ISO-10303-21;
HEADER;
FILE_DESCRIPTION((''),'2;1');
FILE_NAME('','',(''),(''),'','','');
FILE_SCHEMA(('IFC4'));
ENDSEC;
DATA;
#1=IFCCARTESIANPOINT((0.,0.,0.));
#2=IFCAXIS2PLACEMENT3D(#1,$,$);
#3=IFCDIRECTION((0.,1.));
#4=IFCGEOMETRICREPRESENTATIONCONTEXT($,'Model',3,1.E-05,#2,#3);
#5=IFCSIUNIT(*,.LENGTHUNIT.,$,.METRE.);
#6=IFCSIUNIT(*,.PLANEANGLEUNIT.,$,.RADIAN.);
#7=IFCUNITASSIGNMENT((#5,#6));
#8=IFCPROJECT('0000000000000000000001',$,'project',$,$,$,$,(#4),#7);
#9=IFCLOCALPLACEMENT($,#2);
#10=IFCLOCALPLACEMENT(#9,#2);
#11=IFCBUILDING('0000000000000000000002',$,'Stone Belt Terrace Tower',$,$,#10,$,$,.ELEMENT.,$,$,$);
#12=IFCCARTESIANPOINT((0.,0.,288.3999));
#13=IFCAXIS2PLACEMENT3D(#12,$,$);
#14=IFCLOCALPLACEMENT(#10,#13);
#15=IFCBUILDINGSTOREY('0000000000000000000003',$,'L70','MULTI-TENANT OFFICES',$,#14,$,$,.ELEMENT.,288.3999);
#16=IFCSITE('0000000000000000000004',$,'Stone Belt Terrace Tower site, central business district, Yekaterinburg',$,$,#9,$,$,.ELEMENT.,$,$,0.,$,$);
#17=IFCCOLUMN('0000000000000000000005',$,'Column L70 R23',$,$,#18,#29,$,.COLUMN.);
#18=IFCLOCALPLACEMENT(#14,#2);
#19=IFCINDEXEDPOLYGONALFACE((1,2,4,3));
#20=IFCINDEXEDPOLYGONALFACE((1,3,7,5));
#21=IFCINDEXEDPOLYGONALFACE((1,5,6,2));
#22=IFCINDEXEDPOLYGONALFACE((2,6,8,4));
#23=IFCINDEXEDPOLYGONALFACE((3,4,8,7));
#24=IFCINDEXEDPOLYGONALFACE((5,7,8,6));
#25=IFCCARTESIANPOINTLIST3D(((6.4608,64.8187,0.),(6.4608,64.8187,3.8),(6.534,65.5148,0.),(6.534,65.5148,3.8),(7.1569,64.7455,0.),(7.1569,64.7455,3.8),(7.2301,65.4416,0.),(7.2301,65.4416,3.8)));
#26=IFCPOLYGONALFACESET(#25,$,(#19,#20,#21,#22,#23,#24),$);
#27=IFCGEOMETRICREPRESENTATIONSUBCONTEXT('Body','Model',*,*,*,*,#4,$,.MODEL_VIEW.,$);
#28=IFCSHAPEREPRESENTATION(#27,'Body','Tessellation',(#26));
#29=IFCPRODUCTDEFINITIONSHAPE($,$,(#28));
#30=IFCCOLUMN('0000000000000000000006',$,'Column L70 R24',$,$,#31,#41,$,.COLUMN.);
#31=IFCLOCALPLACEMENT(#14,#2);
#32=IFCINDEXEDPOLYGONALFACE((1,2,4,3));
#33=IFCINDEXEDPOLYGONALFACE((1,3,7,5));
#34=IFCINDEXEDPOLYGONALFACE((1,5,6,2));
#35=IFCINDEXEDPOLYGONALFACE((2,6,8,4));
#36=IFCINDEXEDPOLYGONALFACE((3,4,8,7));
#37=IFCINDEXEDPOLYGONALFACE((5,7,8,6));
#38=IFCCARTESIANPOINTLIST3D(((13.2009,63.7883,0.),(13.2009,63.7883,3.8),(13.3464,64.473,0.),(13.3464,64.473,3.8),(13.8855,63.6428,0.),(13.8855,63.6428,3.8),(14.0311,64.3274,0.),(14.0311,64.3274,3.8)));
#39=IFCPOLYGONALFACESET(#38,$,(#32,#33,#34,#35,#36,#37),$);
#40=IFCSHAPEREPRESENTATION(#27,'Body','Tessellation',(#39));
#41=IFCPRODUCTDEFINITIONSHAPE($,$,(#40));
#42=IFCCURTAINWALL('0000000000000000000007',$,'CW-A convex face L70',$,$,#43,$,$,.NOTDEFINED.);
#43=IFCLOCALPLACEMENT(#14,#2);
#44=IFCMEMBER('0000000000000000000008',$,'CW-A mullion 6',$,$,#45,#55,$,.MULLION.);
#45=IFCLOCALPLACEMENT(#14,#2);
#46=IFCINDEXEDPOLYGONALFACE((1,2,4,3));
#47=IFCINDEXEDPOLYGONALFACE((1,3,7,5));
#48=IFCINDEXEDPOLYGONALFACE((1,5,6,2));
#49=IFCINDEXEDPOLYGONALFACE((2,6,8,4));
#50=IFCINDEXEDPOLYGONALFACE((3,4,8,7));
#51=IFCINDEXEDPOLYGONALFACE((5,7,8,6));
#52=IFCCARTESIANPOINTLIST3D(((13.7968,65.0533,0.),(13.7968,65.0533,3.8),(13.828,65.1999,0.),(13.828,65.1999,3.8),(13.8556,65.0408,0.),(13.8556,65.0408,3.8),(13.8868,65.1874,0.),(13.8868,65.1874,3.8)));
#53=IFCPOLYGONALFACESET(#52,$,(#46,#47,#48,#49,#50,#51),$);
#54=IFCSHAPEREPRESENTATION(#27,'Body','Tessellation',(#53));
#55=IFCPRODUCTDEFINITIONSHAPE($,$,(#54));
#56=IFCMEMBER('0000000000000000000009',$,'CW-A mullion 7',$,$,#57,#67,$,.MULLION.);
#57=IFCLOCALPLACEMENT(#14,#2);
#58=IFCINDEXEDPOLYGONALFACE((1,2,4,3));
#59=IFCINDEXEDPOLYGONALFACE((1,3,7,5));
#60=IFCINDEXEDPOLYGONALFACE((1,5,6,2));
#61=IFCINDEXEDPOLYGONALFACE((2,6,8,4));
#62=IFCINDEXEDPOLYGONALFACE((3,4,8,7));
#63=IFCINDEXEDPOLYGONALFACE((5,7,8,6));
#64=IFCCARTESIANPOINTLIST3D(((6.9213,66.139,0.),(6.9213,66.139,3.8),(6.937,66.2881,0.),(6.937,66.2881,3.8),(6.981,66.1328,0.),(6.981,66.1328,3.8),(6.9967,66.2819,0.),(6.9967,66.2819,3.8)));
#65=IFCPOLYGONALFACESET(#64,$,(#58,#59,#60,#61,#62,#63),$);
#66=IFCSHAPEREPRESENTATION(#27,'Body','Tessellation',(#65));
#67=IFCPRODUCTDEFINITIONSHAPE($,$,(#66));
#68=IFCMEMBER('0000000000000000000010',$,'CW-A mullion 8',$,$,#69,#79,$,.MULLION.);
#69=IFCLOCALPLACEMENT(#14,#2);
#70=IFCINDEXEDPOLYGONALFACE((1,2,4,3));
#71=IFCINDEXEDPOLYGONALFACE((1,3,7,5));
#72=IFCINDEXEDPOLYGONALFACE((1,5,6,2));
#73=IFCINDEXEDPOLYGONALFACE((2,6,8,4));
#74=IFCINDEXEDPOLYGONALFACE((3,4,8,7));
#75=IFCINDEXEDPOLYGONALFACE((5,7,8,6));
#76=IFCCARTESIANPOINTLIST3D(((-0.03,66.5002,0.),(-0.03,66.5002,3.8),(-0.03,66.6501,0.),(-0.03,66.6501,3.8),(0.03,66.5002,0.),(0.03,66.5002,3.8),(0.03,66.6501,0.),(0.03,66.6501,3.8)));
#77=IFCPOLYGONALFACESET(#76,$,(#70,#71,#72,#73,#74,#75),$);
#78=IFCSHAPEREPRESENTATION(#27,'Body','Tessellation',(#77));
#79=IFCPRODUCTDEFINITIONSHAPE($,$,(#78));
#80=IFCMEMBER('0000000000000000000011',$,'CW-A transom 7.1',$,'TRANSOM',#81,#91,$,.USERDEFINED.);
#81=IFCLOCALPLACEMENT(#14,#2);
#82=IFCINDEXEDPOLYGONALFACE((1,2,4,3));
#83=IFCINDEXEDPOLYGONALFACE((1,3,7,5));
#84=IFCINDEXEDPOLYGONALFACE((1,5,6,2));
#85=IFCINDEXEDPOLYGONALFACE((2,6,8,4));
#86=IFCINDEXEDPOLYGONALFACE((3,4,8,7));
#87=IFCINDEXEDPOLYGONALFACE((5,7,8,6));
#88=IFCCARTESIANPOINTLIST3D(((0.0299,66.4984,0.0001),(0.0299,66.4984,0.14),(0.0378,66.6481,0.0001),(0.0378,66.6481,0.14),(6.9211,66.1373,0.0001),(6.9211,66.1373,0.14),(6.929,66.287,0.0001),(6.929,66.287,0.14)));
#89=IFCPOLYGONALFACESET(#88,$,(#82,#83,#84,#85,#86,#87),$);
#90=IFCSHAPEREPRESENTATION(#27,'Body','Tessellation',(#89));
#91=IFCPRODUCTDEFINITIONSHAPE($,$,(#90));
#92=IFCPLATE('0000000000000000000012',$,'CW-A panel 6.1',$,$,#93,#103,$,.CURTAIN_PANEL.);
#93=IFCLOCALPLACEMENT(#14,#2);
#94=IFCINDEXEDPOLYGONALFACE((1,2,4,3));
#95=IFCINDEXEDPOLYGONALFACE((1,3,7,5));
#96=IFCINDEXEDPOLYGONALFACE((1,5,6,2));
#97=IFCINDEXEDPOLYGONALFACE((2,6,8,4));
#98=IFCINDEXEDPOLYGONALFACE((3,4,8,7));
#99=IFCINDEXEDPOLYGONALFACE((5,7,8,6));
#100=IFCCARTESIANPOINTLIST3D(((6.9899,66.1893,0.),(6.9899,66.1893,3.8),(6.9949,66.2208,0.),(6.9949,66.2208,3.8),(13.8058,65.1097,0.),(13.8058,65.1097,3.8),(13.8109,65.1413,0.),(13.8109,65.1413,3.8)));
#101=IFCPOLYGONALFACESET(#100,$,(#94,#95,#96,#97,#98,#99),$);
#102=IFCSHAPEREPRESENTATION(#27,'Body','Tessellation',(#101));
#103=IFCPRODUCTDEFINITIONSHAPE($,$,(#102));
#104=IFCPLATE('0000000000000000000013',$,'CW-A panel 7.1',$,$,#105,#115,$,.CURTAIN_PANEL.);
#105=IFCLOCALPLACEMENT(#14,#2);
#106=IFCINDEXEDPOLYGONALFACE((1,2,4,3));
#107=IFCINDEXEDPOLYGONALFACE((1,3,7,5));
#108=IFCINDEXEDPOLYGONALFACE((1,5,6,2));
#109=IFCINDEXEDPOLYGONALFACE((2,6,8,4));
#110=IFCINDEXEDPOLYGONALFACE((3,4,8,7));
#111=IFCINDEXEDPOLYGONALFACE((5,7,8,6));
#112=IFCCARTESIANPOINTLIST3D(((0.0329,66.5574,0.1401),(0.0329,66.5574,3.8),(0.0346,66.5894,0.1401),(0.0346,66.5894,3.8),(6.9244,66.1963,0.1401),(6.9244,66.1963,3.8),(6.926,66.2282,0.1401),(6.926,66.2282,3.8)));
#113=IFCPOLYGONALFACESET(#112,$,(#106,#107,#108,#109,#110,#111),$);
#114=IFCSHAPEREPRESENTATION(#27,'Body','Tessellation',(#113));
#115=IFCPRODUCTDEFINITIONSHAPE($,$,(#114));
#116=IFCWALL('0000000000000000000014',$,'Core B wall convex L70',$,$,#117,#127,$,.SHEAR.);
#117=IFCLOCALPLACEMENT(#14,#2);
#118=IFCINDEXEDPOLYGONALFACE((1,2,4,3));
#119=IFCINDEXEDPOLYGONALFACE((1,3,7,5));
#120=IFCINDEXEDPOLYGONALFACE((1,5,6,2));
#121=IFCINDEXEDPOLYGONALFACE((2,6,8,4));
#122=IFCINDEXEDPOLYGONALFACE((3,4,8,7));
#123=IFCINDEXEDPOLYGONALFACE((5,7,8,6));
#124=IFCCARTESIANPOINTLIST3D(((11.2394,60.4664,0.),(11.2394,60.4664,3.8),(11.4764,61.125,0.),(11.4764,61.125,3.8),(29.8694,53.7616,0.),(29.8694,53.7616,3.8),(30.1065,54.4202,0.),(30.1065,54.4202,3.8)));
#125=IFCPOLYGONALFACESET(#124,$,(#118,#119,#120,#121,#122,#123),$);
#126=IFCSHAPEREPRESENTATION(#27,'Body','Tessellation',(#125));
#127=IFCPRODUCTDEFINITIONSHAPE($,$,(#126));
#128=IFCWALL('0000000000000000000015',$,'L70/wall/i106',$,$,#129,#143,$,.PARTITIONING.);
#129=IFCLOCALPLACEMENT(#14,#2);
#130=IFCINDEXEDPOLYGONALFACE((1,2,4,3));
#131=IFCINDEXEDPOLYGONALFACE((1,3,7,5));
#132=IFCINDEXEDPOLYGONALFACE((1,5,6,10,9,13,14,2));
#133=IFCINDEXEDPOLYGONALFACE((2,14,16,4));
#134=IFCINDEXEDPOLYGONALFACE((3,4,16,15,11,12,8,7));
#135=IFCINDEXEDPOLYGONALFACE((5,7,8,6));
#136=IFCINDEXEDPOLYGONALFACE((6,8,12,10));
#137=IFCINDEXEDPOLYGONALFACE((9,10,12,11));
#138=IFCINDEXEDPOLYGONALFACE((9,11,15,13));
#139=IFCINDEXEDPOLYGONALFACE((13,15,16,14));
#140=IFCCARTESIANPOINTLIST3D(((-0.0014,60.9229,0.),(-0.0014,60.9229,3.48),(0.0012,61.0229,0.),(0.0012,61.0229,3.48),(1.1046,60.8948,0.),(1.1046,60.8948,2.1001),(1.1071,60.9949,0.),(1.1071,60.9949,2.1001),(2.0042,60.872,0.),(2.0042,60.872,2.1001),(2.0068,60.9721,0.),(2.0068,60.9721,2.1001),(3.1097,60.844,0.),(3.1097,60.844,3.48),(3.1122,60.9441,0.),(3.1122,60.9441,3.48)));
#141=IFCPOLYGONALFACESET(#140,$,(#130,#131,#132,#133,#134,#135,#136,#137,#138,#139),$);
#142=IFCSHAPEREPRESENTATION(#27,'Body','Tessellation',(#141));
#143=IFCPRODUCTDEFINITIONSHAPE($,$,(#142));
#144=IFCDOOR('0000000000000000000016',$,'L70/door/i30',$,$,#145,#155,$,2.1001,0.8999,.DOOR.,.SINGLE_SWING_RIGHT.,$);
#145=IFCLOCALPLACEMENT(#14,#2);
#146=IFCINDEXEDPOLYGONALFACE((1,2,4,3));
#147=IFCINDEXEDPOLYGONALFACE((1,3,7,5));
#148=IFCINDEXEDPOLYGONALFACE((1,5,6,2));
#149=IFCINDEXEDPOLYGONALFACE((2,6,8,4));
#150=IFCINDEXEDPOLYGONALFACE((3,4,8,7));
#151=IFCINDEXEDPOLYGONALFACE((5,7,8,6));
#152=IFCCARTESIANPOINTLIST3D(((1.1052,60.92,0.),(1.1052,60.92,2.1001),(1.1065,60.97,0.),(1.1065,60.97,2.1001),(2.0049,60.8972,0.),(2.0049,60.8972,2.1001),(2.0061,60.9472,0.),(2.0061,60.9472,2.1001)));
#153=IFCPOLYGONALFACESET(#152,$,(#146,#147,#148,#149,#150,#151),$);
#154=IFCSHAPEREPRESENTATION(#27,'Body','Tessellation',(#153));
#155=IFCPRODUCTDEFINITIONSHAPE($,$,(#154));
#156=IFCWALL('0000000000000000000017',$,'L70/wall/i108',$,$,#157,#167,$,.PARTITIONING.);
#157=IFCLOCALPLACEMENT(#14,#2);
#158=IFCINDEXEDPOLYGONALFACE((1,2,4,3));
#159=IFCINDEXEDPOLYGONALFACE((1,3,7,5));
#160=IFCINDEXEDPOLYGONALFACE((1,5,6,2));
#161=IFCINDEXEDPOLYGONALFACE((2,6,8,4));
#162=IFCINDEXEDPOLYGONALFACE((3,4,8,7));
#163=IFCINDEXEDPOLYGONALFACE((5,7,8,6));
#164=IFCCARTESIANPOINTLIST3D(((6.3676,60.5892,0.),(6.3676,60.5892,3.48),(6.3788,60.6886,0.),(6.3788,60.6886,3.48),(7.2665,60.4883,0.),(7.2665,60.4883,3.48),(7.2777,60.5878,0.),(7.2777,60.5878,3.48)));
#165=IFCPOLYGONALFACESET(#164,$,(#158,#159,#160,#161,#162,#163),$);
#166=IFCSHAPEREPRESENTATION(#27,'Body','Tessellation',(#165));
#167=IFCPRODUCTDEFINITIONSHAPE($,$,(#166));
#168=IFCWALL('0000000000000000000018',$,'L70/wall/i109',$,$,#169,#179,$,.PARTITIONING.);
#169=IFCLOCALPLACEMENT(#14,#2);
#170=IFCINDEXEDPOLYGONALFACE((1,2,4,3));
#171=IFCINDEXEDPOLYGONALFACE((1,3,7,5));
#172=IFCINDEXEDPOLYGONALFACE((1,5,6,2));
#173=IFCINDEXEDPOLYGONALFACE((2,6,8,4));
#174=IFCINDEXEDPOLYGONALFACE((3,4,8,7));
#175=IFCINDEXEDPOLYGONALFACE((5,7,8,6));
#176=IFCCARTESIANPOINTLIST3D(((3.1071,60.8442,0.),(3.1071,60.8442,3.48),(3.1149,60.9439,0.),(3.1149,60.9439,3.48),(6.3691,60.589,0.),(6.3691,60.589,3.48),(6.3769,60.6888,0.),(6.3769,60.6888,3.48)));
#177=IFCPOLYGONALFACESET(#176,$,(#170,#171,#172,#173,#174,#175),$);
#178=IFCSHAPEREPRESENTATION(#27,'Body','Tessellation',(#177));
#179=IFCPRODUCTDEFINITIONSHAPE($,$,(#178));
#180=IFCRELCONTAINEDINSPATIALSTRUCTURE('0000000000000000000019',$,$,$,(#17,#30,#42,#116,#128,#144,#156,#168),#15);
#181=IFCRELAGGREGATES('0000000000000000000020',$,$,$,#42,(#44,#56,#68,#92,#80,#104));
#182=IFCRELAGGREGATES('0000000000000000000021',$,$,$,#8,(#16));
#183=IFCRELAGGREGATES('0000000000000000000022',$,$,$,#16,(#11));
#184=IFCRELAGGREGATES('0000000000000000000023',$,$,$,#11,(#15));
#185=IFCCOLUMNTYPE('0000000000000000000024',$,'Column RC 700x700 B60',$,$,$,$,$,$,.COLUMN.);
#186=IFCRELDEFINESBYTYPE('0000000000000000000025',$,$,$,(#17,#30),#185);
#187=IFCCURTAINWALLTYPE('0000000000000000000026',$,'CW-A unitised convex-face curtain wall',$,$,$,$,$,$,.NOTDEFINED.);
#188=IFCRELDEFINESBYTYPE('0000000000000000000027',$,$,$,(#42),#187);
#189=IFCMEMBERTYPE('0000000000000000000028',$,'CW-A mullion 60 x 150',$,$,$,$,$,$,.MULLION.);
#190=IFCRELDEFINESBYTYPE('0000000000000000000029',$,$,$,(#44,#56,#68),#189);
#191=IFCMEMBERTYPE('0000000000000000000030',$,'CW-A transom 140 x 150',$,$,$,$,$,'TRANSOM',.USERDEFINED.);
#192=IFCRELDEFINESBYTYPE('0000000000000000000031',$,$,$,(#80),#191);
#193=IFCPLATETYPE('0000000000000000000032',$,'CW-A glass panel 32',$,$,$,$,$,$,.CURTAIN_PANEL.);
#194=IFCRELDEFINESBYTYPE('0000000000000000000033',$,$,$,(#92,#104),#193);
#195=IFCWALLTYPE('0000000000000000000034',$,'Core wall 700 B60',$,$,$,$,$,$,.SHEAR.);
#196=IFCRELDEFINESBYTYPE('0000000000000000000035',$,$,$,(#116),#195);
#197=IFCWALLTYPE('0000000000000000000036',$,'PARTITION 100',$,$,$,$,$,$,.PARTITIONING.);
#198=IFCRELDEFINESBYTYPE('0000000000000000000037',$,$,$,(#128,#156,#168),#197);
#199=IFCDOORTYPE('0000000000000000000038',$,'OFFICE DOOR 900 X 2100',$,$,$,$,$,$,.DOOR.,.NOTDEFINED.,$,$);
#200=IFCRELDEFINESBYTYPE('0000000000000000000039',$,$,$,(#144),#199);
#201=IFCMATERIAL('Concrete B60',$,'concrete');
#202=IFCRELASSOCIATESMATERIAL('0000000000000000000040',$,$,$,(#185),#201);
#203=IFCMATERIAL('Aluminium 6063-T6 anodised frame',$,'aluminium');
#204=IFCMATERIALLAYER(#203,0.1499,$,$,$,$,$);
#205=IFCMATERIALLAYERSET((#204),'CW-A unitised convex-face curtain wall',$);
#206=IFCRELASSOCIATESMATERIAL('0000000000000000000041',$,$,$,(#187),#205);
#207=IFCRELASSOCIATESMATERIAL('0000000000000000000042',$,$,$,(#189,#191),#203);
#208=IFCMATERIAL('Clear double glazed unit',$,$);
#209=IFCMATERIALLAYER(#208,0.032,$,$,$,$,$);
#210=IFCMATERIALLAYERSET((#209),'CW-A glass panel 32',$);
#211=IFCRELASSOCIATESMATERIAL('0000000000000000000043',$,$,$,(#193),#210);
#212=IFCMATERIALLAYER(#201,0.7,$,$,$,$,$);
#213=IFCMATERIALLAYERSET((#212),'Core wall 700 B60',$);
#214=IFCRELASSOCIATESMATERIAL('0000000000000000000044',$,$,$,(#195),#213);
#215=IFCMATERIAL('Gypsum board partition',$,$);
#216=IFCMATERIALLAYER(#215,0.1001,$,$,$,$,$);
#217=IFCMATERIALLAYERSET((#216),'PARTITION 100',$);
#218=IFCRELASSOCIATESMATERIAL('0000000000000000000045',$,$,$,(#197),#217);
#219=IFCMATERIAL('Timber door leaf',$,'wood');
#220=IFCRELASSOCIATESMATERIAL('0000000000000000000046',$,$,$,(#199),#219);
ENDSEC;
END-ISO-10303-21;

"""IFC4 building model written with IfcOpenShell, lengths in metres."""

from ifc_helpers import new_model, si_unit, direction, frame, frame_2d, origin, origin_2d, place, context, subcontext, project, spatial, rectangle, extrude, material, layer, layer_set, material_profile, profile_set, type_object, element, fill, aggregate, save


model = new_model("IFC4")

# Units and contexts
model_context = context("Model", 3, precision=1e-05, world=origin(), true_north=direction((0.0, 1.0)))
body_context = subcontext(model_context, "Body", "Model", "MODEL_VIEW")
ifc_project = project(units=[si_unit("LENGTHUNIT", "METRE"), si_unit("PLANEANGLEUNIT", "RADIAN")], contexts=[model_context])

# Site, building, storey
site_placement = place(None, origin())
site = spatial("IfcSite", under=ifc_project, at=site_placement, Name="Stone Belt Terrace Tower site, central business district, Yekaterinburg", CompositionType="ELEMENT", RefElevation=0.0)
building_placement = place(site_placement, origin())
building = spatial("IfcBuilding", under=site, at=building_placement, Name="Stone Belt Terrace Tower", CompositionType="ELEMENT")
storey_placement = place(building_placement, frame((0.0, 0.0, 288.3999)))
storey = spatial("IfcBuildingStorey", under=building, at=storey_placement, Name="L70", Description="MULTI-TENANT OFFICES", CompositionType="ELEMENT", Elevation=288.3999)

# Columns
ifc_material_1 = material(Name="Concrete B60", Category="concrete")
ifc_material_profile_1 = material_profile(ifc_material_1, rectangle(XDim=0.7, YDim=0.7, at=origin_2d()), Name="RC 700x700")
ifc_profile_set_1 = profile_set([ifc_material_profile_1], Name="Concrete B60")
column_type = type_object("IfcColumnType", Name="Column RC 700x700 B60", PredefinedType="COLUMN", material=ifc_profile_set_1)
for number, where, z_axis, x_axis, name in (
    (1, (6.8455, 65.1301, 0.0), (0.0, 0.0, 1.0), (0.994522, -0.104528, 0.0), "Column L70 R23"),
    (2, (13.616, 64.0579, 0.0), (0.0, 0.0, 1.0), (0.978148, -0.207912, 0.0), "Column L70 R24"),
):
    element("IfcColumn", number, at=place(storey_placement, frame(where, z_axis=z_axis, x_axis=x_axis)), inside=storey, type_object=column_type, Name=name, PredefinedType="COLUMN", context=body_context, shape_type="SweptSolid", body=[
        extrude(rectangle(XDim=0.7, YDim=0.7, at=origin_2d()), origin(), (0.0, 0.0, 1.0), 3.8),
    ])

# Curtain wall, members, plates
ifc_material_2 = material(Name="Aluminium 6063-T6 anodised frame", Category="aluminium")
ifc_layer_1 = layer(ifc_material_2, 0.1499)
ifc_layer_set_1 = layer_set([ifc_layer_1], Name="CW-A unitised convex-face curtain wall")
curtain_wall_type = type_object("IfcCurtainWallType", Name="CW-A unitised convex-face curtain wall", PredefinedType="NOTDEFINED", material=ifc_layer_set_1)
curtain_wall_placement = place(storey_placement, origin())
curtain_wall = element("IfcCurtainWall", 3, at=curtain_wall_placement, inside=storey, type_object=curtain_wall_type, Name="CW-A convex face L70", PredefinedType="NOTDEFINED")
ifc_material_profile_2 = material_profile(ifc_material_2, rectangle(XDim=0.1499, YDim=0.0601, at=origin_2d()), Name="Aluminium 6063-T6 60x150")
ifc_profile_set_2 = profile_set([ifc_material_profile_2], Name="Aluminium 6063-T6 anodised frame")
member_type_1 = type_object("IfcMemberType", Name="CW-A mullion 60 x 150", PredefinedType="MULLION", material=ifc_profile_set_2)
member_1_placement = place(storey_placement, frame((13.8418, 65.1204, 0.0), z_axis=(0.0, 0.0, 1.0), x_axis=(-0.207912, -0.978148, 0.0)))
member_1 = element("IfcMember", 4, at=member_1_placement, type_object=member_type_1, Name="CW-A mullion 6", PredefinedType="MULLION", context=body_context, shape_type="SweptSolid", body=[
    extrude(rectangle(XDim=0.1499, YDim=0.0601, at=origin_2d()), origin(), (0.0, 0.0, 1.0), 3.8),
])
member_2_placement = place(storey_placement, frame((6.959, 66.2104, 0.0), z_axis=(0.0, 0.0, 1.0), x_axis=(-0.104528, -0.994522, 0.0)))
member_2 = element("IfcMember", 5, at=member_2_placement, type_object=member_type_1, Name="CW-A mullion 7", PredefinedType="MULLION", context=body_context, shape_type="SweptSolid", body=[
    extrude(rectangle(XDim=0.1499, YDim=0.0601, at=origin_2d()), origin(), (0.0, 0.0, 1.0), 3.8),
])
member_3_placement = place(storey_placement, frame((0.0, 66.5752, 0.0), z_axis=(0.0, 0.0, 1.0), x_axis=(0.0, -1.0, 0.0)))
member_3 = element("IfcMember", 6, at=member_3_placement, type_object=member_type_1, Name="CW-A mullion 8", PredefinedType="MULLION", context=body_context, shape_type="SweptSolid", body=[
    extrude(rectangle(XDim=0.1499, YDim=0.0601, at=origin_2d()), origin(), (0.0, 0.0, 1.0), 3.8),
])
ifc_material_profile_3 = material_profile(ifc_material_2, rectangle(XDim=0.1499, YDim=0.1399, at=origin_2d()), Name="Aluminium 6063-T6 150x140")
ifc_profile_set_3 = profile_set([ifc_material_profile_3], Name="Aluminium 6063-T6 anodised frame")
member_type_2 = type_object("IfcMemberType", Name="CW-A transom 140 x 150", ElementType="TRANSOM", PredefinedType="USERDEFINED", material=ifc_profile_set_3)
member_4_placement = place(storey_placement, frame((6.925, 66.2122, 0.0701), z_axis=(-0.99863, 0.052327, 0.0), x_axis=(-0.052327, -0.99863, 0.0)))
member_4 = element("IfcMember", 7, at=member_4_placement, type_object=member_type_2, Name="CW-A transom 7.1", ObjectType="TRANSOM", PredefinedType="USERDEFINED", context=body_context, shape_type="SweptSolid", body=[
    extrude(rectangle(XDim=0.1499, YDim=0.1399, at=origin_2d()), origin(), (0.0, 0.0, 1.0), 6.9006),
])
ifc_material_3 = material(Name="Clear double glazed unit")
ifc_layer_2 = layer(ifc_material_3, 0.032)
ifc_layer_set_2 = layer_set([ifc_layer_2], Name="CW-A glass panel 32")
plate_type = type_object("IfcPlateType", Name="CW-A glass panel 32", PredefinedType="CURTAIN_PANEL", material=ifc_layer_set_2)
plate_1_placement = place(storey_placement, frame((10.4004, 65.6653, 0.0), z_axis=(0.0, 0.0, 1.0), x_axis=(-0.987688, 0.156434, 0.0)))
plate_1 = element("IfcPlate", 8, at=plate_1_placement, type_object=plate_type, Name="CW-A panel 6.1", PredefinedType="CURTAIN_PANEL", context=body_context, shape_type="SweptSolid", body=[
    extrude(rectangle(XDim=6.9009, YDim=0.032, at=origin_2d()), origin(), (0.0, 0.0, 1.0), 3.8),
])
plate_2_placement = place(storey_placement, frame((3.4795, 66.3928, 0.1401), z_axis=(0.0, 0.0, 1.0), x_axis=(-0.99863, 0.052336, 0.0)))
plate_2 = element("IfcPlate", 9, at=plate_2_placement, type_object=plate_type, Name="CW-A panel 7.1", PredefinedType="CURTAIN_PANEL", context=body_context, shape_type="SweptSolid", body=[
    extrude(rectangle(XDim=6.9009, YDim=0.032, at=origin_2d()), origin(), (0.0, 0.0, 1.0), 3.6599),
])
aggregate(curtain_wall, [member_1, member_2, member_3, plate_1, member_4, plate_2])

# Wall
ifc_layer_3 = layer(ifc_material_1, 0.7)
ifc_layer_set_3 = layer_set([ifc_layer_3], Name="Core wall 700 B60")
wall_type_1 = type_object("IfcWallType", Name="Core wall 700 B60", PredefinedType="SHEAR", material=ifc_layer_set_3)
wall_1_placement = place(storey_placement, frame((11.3579, 60.7957, 0.0), z_axis=(0.0, 0.0, 1.0), x_axis=(0.94092, -0.33863, 0.0)))
element("IfcWall", 10, at=wall_1_placement, inside=storey, type_object=wall_type_1, Name="Core B wall convex L70", PredefinedType="SHEAR", context=body_context, shape_type="SweptSolid", body=[
    extrude(rectangle(XDim=19.7998, YDim=0.7, at=frame_2d((9.8999, 0.0))), origin(), (0.0, 0.0, 1.0), 3.8),
])

# Wall, opening, door
ifc_material_4 = material(Name="Gypsum board partition")
ifc_layer_4 = layer(ifc_material_4, 0.1001)
ifc_layer_set_4 = layer_set([ifc_layer_4], Name="PARTITION 100")
wall_type_2 = type_object("IfcWallType", Name="PARTITION 100", PredefinedType="PARTITIONING", material=ifc_layer_set_4)
wall_2_placement = place(storey_placement, frame((3.1111, 60.894, 0.0), z_axis=(0.0, 0.0, 1.0), x_axis=(-0.999679, 0.025339, 0.0)))
wall_2 = element("IfcWall", 11, at=wall_2_placement, inside=storey, type_object=wall_type_2, Name="L70/wall/i106", PredefinedType="PARTITIONING", context=body_context, shape_type="SweptSolid", body=[
    extrude(rectangle(XDim=3.1121, YDim=0.1001, at=frame_2d((1.5562, 0.0))), origin(), (0.0, 0.0, 1.0), 3.48),
])
opening_1_placement = place(wall_2_placement, frame((1.106, 0.0, 0.0)))
opening_1 = element("IfcOpeningElement", 12, at=opening_1_placement, cuts=wall_2, PredefinedType="OPENING", context=body_context, shape_type="SweptSolid", body=[
    extrude(rectangle(XDim=0.8999, YDim=2.1001, at=frame_2d((0.45, 1.05))), frame((0.0, 0.0601, 0.0), z_axis=(0.0, -1.0, 0.0), x_axis=(1.0, 0.0, 0.0)), (0.0, 0.0, 1.0), 0.1201),
])
ifc_material_5 = material(Name="Timber door leaf", Category="wood")
door_type = type_object("IfcDoorType", Name="OFFICE DOOR 900 X 2100", OperationType="NOTDEFINED", PredefinedType="DOOR", material=ifc_material_5)
door_1_placement = place(opening_1_placement, origin())
door_1 = element("IfcDoor", 13, at=door_1_placement, inside=storey, type_object=door_type, Name="L70/door/i30", OperationType="SINGLE_SWING_RIGHT", OverallHeight=2.1001, OverallWidth=0.8999, PredefinedType="DOOR", context=body_context, shape_type="SweptSolid", body=[
    extrude(rectangle(XDim=0.8999, YDim=2.1001, at=frame_2d((0.45, 1.05))), frame((0.0, 0.0249, 0.0), z_axis=(0.0, -1.0, 0.0), x_axis=(1.0, 0.0, 0.0)), (0.0, 0.0, 1.0), 0.05),
])
fill(opening_1, door_1)

# Walls
wall_3_placement = place(storey_placement, frame((7.272, 60.5381, 0.0), z_axis=(0.0, 0.0, 1.0), x_axis=(-0.993768, 0.111468, 0.0)))
element("IfcWall", 14, at=wall_3_placement, inside=storey, type_object=wall_type_2, Name="L70/wall/i108", PredefinedType="PARTITIONING", context=body_context, shape_type="SweptSolid", body=[
    extrude(rectangle(XDim=0.9045, YDim=0.1001, at=frame_2d((0.4521, 0.0))), origin(), (0.0, 0.0, 1.0), 3.48),
])
wall_4_placement = place(storey_placement, frame((6.373, 60.6389, 0.0), z_axis=(0.0, 0.0, 1.0), x_axis=(-0.996955, 0.077975, 0.0)))
element("IfcWall", 15, at=wall_4_placement, inside=storey, type_object=wall_type_2, Name="L70/wall/i109", PredefinedType="PARTITIONING", context=body_context, shape_type="SweptSolid", body=[
    extrude(rectangle(XDim=3.272, YDim=0.1001, at=frame_2d((1.636, 0.0))), origin(), (0.0, 0.0, 1.0), 3.48),
])

save(model, "model.ifc")
